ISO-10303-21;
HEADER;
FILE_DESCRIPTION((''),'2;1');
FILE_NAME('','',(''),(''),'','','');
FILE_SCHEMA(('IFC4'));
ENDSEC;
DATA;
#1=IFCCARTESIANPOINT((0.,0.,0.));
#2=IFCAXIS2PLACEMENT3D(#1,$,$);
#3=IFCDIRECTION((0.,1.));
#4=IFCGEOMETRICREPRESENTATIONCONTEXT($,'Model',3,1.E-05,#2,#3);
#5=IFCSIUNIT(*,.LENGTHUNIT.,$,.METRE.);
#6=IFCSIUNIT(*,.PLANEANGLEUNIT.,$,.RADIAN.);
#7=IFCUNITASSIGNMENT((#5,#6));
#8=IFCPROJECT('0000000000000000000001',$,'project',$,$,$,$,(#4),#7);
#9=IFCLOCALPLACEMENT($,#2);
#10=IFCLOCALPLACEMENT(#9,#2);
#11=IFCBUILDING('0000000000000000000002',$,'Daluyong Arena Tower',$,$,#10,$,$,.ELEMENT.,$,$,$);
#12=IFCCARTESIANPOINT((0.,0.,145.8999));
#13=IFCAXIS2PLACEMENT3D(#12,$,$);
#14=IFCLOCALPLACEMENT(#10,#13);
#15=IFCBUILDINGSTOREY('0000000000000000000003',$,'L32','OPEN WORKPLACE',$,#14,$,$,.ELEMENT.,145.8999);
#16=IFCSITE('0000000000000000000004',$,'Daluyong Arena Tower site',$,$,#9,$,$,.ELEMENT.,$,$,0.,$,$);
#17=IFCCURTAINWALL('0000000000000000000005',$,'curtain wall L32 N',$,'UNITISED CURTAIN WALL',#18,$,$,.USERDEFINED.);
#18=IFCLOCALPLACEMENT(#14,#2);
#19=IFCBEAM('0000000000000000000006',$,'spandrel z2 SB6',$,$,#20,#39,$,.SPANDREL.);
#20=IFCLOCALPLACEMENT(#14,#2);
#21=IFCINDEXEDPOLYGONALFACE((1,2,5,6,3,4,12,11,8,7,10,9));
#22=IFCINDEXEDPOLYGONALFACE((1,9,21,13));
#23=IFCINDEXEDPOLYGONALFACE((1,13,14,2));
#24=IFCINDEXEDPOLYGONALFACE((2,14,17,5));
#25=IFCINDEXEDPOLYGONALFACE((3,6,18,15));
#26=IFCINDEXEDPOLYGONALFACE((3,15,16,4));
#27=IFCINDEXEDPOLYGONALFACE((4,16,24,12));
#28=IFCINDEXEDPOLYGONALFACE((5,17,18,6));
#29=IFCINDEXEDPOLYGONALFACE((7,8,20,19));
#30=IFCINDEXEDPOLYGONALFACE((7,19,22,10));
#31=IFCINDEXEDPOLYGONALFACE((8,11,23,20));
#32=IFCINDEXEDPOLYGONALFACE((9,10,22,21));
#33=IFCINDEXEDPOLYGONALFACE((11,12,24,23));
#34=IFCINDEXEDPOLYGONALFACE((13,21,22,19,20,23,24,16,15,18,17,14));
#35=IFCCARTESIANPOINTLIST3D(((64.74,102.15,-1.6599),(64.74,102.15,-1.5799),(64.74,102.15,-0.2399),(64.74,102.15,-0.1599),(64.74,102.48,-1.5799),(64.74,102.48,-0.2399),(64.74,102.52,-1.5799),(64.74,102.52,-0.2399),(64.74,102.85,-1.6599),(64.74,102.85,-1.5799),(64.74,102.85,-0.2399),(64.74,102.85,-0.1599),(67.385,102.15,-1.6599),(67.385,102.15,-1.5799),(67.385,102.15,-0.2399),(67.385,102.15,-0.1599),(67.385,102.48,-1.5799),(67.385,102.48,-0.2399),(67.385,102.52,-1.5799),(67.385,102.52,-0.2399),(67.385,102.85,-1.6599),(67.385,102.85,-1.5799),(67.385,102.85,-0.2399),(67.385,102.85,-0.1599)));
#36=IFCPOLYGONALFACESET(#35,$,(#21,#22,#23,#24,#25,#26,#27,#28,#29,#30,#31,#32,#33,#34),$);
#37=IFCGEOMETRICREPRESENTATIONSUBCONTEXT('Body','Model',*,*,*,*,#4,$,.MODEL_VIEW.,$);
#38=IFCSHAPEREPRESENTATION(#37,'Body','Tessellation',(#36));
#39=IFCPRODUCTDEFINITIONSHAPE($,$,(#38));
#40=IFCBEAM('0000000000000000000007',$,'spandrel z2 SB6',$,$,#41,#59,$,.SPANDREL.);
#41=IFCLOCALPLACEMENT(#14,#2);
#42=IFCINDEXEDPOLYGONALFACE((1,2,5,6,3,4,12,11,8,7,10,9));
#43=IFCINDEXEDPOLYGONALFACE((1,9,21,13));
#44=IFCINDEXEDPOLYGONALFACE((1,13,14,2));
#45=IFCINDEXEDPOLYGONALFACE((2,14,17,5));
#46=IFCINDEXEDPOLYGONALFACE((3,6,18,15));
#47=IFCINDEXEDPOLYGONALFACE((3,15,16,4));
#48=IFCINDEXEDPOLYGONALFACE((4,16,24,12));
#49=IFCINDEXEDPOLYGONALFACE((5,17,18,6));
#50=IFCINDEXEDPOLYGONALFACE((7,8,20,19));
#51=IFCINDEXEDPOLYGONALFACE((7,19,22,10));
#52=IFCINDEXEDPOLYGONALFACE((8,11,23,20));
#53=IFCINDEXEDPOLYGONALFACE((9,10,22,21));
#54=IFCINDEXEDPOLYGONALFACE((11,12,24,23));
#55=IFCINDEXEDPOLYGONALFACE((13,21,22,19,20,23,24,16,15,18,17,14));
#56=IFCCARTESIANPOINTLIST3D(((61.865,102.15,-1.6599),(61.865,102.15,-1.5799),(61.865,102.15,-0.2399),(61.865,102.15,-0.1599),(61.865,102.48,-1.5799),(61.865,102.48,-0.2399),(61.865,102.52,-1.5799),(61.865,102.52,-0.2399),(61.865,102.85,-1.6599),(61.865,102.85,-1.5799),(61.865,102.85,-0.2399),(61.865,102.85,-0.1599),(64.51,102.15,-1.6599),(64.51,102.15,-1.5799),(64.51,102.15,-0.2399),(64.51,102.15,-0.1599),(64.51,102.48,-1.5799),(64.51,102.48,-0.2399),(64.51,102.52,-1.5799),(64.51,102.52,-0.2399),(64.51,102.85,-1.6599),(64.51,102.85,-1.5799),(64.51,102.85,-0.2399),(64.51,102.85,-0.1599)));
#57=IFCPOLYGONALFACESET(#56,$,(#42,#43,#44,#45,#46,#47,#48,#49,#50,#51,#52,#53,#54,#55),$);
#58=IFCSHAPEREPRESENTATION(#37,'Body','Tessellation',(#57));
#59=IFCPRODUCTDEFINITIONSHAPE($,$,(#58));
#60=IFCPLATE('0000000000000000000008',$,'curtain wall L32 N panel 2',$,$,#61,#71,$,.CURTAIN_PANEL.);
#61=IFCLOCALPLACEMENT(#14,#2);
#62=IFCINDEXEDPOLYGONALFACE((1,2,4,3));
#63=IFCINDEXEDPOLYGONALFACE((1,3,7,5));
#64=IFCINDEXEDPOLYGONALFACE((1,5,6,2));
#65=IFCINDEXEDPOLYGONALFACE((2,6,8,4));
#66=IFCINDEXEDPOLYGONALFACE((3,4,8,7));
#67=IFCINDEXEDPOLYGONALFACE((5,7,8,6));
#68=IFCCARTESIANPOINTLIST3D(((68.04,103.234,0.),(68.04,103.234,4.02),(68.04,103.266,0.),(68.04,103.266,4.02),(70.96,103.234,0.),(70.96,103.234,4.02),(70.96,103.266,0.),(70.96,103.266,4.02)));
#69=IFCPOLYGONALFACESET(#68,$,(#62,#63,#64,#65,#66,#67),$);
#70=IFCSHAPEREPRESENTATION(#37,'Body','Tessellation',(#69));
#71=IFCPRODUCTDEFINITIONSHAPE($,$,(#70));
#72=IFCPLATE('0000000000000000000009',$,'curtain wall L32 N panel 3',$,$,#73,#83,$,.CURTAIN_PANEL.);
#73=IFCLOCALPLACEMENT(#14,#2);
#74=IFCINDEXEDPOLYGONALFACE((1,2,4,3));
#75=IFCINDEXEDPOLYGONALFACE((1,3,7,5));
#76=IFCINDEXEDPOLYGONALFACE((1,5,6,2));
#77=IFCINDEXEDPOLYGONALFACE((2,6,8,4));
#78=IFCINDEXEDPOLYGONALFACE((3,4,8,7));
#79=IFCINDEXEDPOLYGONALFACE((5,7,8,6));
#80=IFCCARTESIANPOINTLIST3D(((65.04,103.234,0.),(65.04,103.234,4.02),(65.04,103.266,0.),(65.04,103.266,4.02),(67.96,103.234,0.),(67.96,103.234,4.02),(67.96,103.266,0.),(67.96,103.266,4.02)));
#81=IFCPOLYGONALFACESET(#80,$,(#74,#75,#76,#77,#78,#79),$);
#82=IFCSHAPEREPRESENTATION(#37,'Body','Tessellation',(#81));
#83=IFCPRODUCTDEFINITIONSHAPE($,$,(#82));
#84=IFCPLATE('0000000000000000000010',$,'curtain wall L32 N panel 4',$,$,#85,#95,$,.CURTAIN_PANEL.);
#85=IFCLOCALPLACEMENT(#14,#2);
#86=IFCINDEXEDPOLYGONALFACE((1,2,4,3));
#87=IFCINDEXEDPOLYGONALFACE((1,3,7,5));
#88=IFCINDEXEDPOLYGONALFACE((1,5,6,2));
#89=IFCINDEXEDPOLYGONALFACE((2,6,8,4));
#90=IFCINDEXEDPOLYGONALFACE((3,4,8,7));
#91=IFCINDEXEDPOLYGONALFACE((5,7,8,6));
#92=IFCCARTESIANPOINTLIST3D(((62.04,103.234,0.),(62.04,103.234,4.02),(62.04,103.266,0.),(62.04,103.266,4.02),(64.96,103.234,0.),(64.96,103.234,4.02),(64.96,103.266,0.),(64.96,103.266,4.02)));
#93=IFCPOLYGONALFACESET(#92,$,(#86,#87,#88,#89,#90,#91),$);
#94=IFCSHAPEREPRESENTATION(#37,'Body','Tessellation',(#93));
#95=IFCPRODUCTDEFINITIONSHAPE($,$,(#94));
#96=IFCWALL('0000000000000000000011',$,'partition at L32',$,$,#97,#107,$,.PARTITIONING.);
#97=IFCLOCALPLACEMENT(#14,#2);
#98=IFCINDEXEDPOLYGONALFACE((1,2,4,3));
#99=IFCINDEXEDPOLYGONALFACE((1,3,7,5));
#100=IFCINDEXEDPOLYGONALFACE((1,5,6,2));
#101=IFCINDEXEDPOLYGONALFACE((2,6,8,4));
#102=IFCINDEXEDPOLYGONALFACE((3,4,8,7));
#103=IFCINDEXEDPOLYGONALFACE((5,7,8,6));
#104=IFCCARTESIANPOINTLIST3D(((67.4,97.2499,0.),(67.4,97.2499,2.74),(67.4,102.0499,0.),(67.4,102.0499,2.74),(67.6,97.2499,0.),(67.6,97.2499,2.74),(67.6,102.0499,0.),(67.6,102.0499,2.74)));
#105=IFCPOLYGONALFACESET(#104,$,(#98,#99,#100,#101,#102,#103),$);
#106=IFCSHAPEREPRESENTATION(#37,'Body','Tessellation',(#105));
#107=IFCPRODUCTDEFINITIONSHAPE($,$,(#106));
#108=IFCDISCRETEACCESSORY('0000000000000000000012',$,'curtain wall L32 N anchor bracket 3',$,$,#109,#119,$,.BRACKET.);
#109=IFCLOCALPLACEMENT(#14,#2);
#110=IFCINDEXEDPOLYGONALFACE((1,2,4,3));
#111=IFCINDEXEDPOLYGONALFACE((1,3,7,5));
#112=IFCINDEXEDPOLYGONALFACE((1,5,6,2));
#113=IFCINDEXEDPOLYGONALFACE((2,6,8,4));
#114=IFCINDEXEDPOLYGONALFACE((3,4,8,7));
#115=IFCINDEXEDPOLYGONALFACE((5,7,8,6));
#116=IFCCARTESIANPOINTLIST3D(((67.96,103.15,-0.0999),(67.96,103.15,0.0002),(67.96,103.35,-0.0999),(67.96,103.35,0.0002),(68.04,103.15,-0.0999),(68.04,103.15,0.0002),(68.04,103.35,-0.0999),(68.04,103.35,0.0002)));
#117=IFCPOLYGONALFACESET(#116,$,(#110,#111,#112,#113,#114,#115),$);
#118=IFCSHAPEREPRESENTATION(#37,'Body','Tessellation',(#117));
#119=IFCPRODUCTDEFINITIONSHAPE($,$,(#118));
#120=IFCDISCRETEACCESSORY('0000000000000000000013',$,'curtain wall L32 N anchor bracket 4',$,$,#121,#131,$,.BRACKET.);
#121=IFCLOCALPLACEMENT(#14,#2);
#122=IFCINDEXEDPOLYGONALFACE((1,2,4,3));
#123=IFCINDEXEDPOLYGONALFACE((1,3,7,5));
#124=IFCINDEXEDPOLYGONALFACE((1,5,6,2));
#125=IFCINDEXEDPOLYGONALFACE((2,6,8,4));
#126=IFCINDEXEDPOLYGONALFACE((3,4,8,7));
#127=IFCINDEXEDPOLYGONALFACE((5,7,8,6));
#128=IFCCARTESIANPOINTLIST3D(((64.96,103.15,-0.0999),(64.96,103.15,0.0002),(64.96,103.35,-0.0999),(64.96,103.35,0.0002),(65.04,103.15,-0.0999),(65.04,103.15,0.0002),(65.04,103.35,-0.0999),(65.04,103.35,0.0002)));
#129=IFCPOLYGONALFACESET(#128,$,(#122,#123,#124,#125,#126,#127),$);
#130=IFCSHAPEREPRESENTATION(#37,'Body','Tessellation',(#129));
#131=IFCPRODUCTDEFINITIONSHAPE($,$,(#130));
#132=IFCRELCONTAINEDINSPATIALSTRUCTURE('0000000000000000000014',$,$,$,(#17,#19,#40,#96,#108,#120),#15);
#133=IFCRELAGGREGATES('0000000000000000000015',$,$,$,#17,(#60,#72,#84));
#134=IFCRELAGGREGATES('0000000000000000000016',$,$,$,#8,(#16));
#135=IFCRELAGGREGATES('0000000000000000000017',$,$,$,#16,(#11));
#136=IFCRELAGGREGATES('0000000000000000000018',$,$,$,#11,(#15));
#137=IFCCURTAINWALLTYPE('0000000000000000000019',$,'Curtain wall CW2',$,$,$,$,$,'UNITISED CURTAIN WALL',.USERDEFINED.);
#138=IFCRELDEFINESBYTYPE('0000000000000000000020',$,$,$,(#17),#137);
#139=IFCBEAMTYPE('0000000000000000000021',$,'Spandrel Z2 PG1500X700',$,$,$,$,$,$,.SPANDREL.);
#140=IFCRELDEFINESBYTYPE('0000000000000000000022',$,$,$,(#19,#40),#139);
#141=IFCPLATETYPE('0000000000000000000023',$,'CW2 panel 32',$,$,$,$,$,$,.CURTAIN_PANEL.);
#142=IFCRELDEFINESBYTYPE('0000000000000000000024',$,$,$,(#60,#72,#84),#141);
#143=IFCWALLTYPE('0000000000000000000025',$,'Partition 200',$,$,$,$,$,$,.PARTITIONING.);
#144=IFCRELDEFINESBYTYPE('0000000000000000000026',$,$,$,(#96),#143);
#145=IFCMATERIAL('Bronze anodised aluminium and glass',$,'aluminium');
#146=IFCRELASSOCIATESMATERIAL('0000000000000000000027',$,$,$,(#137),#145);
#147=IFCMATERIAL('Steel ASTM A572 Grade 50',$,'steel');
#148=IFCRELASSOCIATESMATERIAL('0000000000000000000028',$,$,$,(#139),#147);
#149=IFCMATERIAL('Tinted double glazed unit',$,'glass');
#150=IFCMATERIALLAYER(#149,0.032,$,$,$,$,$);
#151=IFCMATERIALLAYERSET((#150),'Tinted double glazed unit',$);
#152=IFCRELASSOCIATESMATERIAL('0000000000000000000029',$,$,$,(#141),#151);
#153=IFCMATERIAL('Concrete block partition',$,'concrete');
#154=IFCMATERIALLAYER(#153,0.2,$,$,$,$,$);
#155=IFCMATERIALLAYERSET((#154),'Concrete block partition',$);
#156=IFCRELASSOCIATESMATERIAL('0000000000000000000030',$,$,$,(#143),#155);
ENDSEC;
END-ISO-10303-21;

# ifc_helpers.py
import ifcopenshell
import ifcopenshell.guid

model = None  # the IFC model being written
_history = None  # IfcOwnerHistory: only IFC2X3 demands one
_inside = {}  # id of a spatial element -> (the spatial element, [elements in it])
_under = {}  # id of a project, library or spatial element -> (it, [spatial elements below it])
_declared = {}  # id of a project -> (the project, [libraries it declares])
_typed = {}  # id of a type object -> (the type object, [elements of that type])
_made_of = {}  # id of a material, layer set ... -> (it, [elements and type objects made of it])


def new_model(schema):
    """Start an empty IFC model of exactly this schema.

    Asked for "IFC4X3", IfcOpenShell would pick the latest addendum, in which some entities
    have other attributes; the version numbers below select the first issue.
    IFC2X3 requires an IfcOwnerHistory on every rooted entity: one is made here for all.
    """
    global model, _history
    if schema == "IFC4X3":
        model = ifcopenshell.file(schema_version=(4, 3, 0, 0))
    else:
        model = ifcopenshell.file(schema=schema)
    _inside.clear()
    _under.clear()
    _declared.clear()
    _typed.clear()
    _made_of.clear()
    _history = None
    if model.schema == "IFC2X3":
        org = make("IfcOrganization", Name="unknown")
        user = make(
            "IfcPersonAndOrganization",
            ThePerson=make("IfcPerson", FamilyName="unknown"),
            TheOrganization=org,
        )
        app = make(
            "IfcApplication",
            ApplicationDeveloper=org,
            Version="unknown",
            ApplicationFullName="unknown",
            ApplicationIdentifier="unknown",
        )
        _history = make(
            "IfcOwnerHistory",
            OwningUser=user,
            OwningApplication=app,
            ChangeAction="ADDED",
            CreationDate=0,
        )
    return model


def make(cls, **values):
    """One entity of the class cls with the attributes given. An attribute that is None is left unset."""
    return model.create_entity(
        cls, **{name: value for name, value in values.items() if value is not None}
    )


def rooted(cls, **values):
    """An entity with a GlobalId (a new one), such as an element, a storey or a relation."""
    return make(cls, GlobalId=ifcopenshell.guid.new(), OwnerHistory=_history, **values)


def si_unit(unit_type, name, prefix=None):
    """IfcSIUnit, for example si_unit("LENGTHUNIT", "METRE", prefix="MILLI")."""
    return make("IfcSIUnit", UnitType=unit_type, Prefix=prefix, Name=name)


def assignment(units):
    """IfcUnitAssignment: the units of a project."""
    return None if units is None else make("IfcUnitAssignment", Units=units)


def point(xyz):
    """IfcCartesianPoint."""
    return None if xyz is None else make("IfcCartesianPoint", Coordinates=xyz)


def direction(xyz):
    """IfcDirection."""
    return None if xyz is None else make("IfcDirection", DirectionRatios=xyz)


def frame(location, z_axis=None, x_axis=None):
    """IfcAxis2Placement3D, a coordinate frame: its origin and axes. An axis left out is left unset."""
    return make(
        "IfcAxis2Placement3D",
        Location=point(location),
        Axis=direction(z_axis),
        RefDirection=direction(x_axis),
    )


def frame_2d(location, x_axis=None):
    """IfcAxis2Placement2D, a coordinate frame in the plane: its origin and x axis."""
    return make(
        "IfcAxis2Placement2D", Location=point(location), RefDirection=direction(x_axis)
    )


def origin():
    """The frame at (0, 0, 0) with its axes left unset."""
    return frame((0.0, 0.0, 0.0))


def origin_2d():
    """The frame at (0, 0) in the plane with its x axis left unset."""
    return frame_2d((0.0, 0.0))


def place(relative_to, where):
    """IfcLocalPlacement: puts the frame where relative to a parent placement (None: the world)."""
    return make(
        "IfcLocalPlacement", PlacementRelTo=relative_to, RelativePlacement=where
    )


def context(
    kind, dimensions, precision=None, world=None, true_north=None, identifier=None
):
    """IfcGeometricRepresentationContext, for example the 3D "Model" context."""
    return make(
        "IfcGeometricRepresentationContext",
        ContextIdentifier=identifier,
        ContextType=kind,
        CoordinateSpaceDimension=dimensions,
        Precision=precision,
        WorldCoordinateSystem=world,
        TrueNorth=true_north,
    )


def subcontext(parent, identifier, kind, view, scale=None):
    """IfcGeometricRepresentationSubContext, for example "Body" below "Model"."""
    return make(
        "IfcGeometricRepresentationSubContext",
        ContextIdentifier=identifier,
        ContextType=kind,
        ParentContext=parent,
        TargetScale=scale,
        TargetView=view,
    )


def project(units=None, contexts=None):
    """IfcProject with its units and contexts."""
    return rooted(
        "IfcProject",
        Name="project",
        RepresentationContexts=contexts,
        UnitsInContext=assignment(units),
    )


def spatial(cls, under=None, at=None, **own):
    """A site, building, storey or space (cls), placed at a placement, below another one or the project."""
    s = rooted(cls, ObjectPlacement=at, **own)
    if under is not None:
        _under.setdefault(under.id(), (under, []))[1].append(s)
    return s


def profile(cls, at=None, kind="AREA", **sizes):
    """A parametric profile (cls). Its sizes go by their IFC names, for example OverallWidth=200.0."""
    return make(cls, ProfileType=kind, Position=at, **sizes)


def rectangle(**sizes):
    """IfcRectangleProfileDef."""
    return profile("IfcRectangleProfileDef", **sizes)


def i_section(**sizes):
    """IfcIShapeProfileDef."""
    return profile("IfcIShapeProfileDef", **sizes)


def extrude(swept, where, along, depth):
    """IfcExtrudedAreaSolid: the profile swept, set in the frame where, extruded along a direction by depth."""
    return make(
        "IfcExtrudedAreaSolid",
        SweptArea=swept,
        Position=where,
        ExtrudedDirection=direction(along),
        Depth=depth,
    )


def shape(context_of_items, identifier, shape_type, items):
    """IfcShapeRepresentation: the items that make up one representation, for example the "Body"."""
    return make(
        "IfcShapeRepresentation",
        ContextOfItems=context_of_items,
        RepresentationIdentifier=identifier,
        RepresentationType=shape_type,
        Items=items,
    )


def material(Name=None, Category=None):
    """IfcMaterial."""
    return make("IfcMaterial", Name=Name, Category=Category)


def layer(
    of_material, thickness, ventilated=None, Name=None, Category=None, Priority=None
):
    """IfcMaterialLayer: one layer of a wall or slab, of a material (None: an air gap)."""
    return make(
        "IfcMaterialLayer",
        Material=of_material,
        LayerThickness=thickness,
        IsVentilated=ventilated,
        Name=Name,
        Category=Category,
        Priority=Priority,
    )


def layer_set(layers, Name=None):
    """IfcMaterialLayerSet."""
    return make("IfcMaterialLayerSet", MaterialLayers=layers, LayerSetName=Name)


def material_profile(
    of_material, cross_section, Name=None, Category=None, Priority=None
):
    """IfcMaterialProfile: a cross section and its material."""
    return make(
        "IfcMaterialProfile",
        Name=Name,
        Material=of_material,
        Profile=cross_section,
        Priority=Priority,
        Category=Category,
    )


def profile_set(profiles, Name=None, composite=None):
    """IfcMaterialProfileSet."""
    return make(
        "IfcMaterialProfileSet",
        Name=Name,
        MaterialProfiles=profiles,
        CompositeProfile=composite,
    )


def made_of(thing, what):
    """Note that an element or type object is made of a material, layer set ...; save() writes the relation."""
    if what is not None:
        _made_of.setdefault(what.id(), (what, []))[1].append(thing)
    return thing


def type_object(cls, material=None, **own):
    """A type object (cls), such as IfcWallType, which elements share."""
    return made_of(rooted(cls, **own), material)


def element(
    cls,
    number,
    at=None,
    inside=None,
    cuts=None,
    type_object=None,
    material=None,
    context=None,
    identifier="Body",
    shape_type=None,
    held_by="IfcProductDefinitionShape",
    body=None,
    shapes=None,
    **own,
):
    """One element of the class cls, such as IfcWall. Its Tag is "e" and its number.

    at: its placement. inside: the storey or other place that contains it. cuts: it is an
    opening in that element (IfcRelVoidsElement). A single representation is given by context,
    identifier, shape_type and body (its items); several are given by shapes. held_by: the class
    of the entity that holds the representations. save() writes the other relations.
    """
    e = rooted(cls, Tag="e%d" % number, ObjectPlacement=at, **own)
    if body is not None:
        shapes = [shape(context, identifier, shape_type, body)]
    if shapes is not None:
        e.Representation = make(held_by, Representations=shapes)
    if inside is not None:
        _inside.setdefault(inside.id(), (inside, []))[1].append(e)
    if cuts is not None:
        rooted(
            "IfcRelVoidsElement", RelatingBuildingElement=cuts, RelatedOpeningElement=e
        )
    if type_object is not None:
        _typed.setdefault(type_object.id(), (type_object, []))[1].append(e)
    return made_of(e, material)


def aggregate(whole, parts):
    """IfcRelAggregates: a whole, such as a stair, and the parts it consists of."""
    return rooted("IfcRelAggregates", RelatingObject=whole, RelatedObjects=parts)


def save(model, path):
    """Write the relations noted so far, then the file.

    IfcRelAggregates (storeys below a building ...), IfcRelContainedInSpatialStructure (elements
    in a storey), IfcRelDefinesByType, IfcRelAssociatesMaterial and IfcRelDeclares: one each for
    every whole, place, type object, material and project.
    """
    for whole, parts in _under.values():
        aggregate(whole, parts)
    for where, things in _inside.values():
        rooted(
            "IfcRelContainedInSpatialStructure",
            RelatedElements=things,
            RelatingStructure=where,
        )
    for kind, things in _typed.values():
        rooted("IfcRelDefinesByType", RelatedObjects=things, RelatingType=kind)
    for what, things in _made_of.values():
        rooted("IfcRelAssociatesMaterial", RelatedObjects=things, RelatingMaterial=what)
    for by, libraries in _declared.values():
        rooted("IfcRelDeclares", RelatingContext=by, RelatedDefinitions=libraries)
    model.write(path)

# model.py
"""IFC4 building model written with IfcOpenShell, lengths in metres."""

from ifc_helpers import new_model, si_unit, direction, frame, frame_2d, origin, origin_2d, place, context, subcontext, project, spatial, rectangle, i_section, extrude, material, layer, layer_set, material_profile, profile_set, type_object, element, aggregate, save


model = new_model("IFC4")

# Units and contexts
model_context = context("Model", 3, precision=1e-05, world=origin(), true_north=direction((0.0, 1.0)))
body_context = subcontext(model_context, "Body", "Model", "MODEL_VIEW")
ifc_project = project(units=[si_unit("LENGTHUNIT", "METRE"), si_unit("PLANEANGLEUNIT", "RADIAN")], contexts=[model_context])

# Site, building, storey
site_placement = place(None, origin())
site = spatial("IfcSite", under=ifc_project, at=site_placement, Name="Daluyong Arena Tower site", CompositionType="ELEMENT", RefElevation=0.0)
building_placement = place(site_placement, origin())
building = spatial("IfcBuilding", under=site, at=building_placement, Name="Daluyong Arena Tower", CompositionType="ELEMENT")
storey_placement = place(building_placement, frame((0.0, 0.0, 145.8999)))
storey = spatial("IfcBuildingStorey", under=building, at=storey_placement, Name="L32", Description="OPEN WORKPLACE", CompositionType="ELEMENT", Elevation=145.8999)

# Curtain wall
ifc_material_1 = material(Name="Bronze anodised aluminium and glass", Category="aluminium")
curtain_wall_type = type_object("IfcCurtainWallType", Name="Curtain wall CW2", ElementType="UNITISED CURTAIN WALL", PredefinedType="USERDEFINED", material=ifc_material_1)
curtain_wall_placement = place(storey_placement, origin())
curtain_wall = element("IfcCurtainWall", 1, at=curtain_wall_placement, inside=storey, type_object=curtain_wall_type, Name="curtain wall L32 N", ObjectType="UNITISED CURTAIN WALL", PredefinedType="USERDEFINED")

# Beams
ifc_material_2 = material(Name="Steel ASTM A572 Grade 50", Category="steel")
ifc_material_profile_1 = material_profile(ifc_material_2, i_section(OverallWidth=0.7, OverallDepth=1.5, WebThickness=0.04, FlangeThickness=0.08, at=origin_2d()))
ifc_profile_set_1 = profile_set([ifc_material_profile_1], Name="Steel ASTM A572 Grade 50")
beam_type_1 = type_object("IfcBeamType", Name="Spandrel Z2 PG1500X700", PredefinedType="SPANDREL", material=ifc_profile_set_1)
for number, where, z_axis, x_axis, name in (
    (2, (67.385, 102.5, -0.9099), (-1.0, 0.0, 0.0), (0.0, -1.0, 0.0), "spandrel z2 SB6"),
    (3, (64.51, 102.5, -0.9099), (-1.0, 0.0, 0.0), (0.0, -1.0, 0.0), "spandrel z2 SB6"),
):
    element("IfcBeam", number, at=place(storey_placement, frame(where, z_axis=z_axis, x_axis=x_axis)), inside=storey, type_object=beam_type_1, Name=name, PredefinedType="SPANDREL", context=body_context, shape_type="SweptSolid", body=[
        extrude(i_section(OverallWidth=0.7, OverallDepth=1.5, WebThickness=0.04, FlangeThickness=0.08, at=origin_2d()), origin(), (0.0, 0.0, 1.0), 2.645),
    ])

# Plates
ifc_material_3 = material(Name="Tinted double glazed unit", Category="glass")
ifc_layer_1 = layer(ifc_material_3, 0.032)
ifc_layer_set_1 = layer_set([ifc_layer_1], Name="Tinted double glazed unit")
plate_type = type_object("IfcPlateType", Name="CW2 panel 32", PredefinedType="CURTAIN_PANEL", material=ifc_layer_set_1)
plate_1_placement = place(storey_placement, frame((69.5, 103.25, 0.0), z_axis=(0.0, 0.0, 1.0), x_axis=(-1.0, 0.0, 0.0)))
plate_1 = element("IfcPlate", 4, at=plate_1_placement, type_object=plate_type, Name="curtain wall L32 N panel 2", PredefinedType="CURTAIN_PANEL", context=body_context, shape_type="SweptSolid", body=[
    extrude(rectangle(XDim=2.9199, YDim=0.032, at=origin_2d()), origin(), (0.0, 0.0, 1.0), 4.02),
])
plate_2_placement = place(storey_placement, frame((66.5, 103.25, 0.0), z_axis=(0.0, 0.0, 1.0), x_axis=(-1.0, 0.0, 0.0)))
plate_2 = element("IfcPlate", 5, at=plate_2_placement, type_object=plate_type, Name="curtain wall L32 N panel 3", PredefinedType="CURTAIN_PANEL", context=body_context, shape_type="SweptSolid", body=[
    extrude(rectangle(XDim=2.9199, YDim=0.032, at=origin_2d()), origin(), (0.0, 0.0, 1.0), 4.02),
])
plate_3_placement = place(storey_placement, frame((63.5, 103.25, 0.0), z_axis=(0.0, 0.0, 1.0), x_axis=(-1.0, 0.0, 0.0)))
plate_3 = element("IfcPlate", 6, at=plate_3_placement, type_object=plate_type, Name="curtain wall L32 N panel 4", PredefinedType="CURTAIN_PANEL", context=body_context, shape_type="SweptSolid", body=[
    extrude(rectangle(XDim=2.9199, YDim=0.032, at=origin_2d()), origin(), (0.0, 0.0, 1.0), 4.02),
])
aggregate(curtain_wall, [plate_1, plate_2, plate_3])

# Wall
ifc_material_4 = material(Name="Concrete block partition", Category="concrete")
ifc_layer_2 = layer(ifc_material_4, 0.2)
ifc_layer_set_2 = layer_set([ifc_layer_2], Name="Concrete block partition")
wall_type_1 = type_object("IfcWallType", Name="Partition 200", PredefinedType="PARTITIONING", material=ifc_layer_set_2)
wall_1_placement = place(storey_placement, frame((67.5, 97.25, 0.0), z_axis=(0.0, 0.0, 1.0), x_axis=(0.0, 1.0, 0.0)))
element("IfcWall", 7, at=wall_1_placement, inside=storey, type_object=wall_type_1, Name="partition at L32", PredefinedType="PARTITIONING", context=body_context, shape_type="SweptSolid", body=[
    extrude(rectangle(XDim=4.8, YDim=0.2, at=frame_2d((2.3999, 0.0))), origin(), (0.0, 0.0, 1.0), 2.74),
])

# Discrete accessories
for number, where, z_axis, x_axis, name in (
    (8, (68.0, 103.25, -0.0999), (0.0, 0.0, 1.0), (-1.0, 0.0, 0.0), "curtain wall L32 N anchor bracket 3"),
    (9, (65.0, 103.25, -0.0999), (0.0, 0.0, 1.0), (-1.0, 0.0, 0.0), "curtain wall L32 N anchor bracket 4"),
):
    element("IfcDiscreteAccessory", number, at=place(storey_placement, frame(where, z_axis=z_axis, x_axis=x_axis)), inside=storey, Name=name, PredefinedType="BRACKET", context=body_context, shape_type="SweptSolid", body=[
        extrude(rectangle(XDim=0.0801, YDim=0.2, at=origin_2d()), origin(), (0.0, 0.0, 1.0), 0.1001),
    ])

save(model, "model.ifc")
